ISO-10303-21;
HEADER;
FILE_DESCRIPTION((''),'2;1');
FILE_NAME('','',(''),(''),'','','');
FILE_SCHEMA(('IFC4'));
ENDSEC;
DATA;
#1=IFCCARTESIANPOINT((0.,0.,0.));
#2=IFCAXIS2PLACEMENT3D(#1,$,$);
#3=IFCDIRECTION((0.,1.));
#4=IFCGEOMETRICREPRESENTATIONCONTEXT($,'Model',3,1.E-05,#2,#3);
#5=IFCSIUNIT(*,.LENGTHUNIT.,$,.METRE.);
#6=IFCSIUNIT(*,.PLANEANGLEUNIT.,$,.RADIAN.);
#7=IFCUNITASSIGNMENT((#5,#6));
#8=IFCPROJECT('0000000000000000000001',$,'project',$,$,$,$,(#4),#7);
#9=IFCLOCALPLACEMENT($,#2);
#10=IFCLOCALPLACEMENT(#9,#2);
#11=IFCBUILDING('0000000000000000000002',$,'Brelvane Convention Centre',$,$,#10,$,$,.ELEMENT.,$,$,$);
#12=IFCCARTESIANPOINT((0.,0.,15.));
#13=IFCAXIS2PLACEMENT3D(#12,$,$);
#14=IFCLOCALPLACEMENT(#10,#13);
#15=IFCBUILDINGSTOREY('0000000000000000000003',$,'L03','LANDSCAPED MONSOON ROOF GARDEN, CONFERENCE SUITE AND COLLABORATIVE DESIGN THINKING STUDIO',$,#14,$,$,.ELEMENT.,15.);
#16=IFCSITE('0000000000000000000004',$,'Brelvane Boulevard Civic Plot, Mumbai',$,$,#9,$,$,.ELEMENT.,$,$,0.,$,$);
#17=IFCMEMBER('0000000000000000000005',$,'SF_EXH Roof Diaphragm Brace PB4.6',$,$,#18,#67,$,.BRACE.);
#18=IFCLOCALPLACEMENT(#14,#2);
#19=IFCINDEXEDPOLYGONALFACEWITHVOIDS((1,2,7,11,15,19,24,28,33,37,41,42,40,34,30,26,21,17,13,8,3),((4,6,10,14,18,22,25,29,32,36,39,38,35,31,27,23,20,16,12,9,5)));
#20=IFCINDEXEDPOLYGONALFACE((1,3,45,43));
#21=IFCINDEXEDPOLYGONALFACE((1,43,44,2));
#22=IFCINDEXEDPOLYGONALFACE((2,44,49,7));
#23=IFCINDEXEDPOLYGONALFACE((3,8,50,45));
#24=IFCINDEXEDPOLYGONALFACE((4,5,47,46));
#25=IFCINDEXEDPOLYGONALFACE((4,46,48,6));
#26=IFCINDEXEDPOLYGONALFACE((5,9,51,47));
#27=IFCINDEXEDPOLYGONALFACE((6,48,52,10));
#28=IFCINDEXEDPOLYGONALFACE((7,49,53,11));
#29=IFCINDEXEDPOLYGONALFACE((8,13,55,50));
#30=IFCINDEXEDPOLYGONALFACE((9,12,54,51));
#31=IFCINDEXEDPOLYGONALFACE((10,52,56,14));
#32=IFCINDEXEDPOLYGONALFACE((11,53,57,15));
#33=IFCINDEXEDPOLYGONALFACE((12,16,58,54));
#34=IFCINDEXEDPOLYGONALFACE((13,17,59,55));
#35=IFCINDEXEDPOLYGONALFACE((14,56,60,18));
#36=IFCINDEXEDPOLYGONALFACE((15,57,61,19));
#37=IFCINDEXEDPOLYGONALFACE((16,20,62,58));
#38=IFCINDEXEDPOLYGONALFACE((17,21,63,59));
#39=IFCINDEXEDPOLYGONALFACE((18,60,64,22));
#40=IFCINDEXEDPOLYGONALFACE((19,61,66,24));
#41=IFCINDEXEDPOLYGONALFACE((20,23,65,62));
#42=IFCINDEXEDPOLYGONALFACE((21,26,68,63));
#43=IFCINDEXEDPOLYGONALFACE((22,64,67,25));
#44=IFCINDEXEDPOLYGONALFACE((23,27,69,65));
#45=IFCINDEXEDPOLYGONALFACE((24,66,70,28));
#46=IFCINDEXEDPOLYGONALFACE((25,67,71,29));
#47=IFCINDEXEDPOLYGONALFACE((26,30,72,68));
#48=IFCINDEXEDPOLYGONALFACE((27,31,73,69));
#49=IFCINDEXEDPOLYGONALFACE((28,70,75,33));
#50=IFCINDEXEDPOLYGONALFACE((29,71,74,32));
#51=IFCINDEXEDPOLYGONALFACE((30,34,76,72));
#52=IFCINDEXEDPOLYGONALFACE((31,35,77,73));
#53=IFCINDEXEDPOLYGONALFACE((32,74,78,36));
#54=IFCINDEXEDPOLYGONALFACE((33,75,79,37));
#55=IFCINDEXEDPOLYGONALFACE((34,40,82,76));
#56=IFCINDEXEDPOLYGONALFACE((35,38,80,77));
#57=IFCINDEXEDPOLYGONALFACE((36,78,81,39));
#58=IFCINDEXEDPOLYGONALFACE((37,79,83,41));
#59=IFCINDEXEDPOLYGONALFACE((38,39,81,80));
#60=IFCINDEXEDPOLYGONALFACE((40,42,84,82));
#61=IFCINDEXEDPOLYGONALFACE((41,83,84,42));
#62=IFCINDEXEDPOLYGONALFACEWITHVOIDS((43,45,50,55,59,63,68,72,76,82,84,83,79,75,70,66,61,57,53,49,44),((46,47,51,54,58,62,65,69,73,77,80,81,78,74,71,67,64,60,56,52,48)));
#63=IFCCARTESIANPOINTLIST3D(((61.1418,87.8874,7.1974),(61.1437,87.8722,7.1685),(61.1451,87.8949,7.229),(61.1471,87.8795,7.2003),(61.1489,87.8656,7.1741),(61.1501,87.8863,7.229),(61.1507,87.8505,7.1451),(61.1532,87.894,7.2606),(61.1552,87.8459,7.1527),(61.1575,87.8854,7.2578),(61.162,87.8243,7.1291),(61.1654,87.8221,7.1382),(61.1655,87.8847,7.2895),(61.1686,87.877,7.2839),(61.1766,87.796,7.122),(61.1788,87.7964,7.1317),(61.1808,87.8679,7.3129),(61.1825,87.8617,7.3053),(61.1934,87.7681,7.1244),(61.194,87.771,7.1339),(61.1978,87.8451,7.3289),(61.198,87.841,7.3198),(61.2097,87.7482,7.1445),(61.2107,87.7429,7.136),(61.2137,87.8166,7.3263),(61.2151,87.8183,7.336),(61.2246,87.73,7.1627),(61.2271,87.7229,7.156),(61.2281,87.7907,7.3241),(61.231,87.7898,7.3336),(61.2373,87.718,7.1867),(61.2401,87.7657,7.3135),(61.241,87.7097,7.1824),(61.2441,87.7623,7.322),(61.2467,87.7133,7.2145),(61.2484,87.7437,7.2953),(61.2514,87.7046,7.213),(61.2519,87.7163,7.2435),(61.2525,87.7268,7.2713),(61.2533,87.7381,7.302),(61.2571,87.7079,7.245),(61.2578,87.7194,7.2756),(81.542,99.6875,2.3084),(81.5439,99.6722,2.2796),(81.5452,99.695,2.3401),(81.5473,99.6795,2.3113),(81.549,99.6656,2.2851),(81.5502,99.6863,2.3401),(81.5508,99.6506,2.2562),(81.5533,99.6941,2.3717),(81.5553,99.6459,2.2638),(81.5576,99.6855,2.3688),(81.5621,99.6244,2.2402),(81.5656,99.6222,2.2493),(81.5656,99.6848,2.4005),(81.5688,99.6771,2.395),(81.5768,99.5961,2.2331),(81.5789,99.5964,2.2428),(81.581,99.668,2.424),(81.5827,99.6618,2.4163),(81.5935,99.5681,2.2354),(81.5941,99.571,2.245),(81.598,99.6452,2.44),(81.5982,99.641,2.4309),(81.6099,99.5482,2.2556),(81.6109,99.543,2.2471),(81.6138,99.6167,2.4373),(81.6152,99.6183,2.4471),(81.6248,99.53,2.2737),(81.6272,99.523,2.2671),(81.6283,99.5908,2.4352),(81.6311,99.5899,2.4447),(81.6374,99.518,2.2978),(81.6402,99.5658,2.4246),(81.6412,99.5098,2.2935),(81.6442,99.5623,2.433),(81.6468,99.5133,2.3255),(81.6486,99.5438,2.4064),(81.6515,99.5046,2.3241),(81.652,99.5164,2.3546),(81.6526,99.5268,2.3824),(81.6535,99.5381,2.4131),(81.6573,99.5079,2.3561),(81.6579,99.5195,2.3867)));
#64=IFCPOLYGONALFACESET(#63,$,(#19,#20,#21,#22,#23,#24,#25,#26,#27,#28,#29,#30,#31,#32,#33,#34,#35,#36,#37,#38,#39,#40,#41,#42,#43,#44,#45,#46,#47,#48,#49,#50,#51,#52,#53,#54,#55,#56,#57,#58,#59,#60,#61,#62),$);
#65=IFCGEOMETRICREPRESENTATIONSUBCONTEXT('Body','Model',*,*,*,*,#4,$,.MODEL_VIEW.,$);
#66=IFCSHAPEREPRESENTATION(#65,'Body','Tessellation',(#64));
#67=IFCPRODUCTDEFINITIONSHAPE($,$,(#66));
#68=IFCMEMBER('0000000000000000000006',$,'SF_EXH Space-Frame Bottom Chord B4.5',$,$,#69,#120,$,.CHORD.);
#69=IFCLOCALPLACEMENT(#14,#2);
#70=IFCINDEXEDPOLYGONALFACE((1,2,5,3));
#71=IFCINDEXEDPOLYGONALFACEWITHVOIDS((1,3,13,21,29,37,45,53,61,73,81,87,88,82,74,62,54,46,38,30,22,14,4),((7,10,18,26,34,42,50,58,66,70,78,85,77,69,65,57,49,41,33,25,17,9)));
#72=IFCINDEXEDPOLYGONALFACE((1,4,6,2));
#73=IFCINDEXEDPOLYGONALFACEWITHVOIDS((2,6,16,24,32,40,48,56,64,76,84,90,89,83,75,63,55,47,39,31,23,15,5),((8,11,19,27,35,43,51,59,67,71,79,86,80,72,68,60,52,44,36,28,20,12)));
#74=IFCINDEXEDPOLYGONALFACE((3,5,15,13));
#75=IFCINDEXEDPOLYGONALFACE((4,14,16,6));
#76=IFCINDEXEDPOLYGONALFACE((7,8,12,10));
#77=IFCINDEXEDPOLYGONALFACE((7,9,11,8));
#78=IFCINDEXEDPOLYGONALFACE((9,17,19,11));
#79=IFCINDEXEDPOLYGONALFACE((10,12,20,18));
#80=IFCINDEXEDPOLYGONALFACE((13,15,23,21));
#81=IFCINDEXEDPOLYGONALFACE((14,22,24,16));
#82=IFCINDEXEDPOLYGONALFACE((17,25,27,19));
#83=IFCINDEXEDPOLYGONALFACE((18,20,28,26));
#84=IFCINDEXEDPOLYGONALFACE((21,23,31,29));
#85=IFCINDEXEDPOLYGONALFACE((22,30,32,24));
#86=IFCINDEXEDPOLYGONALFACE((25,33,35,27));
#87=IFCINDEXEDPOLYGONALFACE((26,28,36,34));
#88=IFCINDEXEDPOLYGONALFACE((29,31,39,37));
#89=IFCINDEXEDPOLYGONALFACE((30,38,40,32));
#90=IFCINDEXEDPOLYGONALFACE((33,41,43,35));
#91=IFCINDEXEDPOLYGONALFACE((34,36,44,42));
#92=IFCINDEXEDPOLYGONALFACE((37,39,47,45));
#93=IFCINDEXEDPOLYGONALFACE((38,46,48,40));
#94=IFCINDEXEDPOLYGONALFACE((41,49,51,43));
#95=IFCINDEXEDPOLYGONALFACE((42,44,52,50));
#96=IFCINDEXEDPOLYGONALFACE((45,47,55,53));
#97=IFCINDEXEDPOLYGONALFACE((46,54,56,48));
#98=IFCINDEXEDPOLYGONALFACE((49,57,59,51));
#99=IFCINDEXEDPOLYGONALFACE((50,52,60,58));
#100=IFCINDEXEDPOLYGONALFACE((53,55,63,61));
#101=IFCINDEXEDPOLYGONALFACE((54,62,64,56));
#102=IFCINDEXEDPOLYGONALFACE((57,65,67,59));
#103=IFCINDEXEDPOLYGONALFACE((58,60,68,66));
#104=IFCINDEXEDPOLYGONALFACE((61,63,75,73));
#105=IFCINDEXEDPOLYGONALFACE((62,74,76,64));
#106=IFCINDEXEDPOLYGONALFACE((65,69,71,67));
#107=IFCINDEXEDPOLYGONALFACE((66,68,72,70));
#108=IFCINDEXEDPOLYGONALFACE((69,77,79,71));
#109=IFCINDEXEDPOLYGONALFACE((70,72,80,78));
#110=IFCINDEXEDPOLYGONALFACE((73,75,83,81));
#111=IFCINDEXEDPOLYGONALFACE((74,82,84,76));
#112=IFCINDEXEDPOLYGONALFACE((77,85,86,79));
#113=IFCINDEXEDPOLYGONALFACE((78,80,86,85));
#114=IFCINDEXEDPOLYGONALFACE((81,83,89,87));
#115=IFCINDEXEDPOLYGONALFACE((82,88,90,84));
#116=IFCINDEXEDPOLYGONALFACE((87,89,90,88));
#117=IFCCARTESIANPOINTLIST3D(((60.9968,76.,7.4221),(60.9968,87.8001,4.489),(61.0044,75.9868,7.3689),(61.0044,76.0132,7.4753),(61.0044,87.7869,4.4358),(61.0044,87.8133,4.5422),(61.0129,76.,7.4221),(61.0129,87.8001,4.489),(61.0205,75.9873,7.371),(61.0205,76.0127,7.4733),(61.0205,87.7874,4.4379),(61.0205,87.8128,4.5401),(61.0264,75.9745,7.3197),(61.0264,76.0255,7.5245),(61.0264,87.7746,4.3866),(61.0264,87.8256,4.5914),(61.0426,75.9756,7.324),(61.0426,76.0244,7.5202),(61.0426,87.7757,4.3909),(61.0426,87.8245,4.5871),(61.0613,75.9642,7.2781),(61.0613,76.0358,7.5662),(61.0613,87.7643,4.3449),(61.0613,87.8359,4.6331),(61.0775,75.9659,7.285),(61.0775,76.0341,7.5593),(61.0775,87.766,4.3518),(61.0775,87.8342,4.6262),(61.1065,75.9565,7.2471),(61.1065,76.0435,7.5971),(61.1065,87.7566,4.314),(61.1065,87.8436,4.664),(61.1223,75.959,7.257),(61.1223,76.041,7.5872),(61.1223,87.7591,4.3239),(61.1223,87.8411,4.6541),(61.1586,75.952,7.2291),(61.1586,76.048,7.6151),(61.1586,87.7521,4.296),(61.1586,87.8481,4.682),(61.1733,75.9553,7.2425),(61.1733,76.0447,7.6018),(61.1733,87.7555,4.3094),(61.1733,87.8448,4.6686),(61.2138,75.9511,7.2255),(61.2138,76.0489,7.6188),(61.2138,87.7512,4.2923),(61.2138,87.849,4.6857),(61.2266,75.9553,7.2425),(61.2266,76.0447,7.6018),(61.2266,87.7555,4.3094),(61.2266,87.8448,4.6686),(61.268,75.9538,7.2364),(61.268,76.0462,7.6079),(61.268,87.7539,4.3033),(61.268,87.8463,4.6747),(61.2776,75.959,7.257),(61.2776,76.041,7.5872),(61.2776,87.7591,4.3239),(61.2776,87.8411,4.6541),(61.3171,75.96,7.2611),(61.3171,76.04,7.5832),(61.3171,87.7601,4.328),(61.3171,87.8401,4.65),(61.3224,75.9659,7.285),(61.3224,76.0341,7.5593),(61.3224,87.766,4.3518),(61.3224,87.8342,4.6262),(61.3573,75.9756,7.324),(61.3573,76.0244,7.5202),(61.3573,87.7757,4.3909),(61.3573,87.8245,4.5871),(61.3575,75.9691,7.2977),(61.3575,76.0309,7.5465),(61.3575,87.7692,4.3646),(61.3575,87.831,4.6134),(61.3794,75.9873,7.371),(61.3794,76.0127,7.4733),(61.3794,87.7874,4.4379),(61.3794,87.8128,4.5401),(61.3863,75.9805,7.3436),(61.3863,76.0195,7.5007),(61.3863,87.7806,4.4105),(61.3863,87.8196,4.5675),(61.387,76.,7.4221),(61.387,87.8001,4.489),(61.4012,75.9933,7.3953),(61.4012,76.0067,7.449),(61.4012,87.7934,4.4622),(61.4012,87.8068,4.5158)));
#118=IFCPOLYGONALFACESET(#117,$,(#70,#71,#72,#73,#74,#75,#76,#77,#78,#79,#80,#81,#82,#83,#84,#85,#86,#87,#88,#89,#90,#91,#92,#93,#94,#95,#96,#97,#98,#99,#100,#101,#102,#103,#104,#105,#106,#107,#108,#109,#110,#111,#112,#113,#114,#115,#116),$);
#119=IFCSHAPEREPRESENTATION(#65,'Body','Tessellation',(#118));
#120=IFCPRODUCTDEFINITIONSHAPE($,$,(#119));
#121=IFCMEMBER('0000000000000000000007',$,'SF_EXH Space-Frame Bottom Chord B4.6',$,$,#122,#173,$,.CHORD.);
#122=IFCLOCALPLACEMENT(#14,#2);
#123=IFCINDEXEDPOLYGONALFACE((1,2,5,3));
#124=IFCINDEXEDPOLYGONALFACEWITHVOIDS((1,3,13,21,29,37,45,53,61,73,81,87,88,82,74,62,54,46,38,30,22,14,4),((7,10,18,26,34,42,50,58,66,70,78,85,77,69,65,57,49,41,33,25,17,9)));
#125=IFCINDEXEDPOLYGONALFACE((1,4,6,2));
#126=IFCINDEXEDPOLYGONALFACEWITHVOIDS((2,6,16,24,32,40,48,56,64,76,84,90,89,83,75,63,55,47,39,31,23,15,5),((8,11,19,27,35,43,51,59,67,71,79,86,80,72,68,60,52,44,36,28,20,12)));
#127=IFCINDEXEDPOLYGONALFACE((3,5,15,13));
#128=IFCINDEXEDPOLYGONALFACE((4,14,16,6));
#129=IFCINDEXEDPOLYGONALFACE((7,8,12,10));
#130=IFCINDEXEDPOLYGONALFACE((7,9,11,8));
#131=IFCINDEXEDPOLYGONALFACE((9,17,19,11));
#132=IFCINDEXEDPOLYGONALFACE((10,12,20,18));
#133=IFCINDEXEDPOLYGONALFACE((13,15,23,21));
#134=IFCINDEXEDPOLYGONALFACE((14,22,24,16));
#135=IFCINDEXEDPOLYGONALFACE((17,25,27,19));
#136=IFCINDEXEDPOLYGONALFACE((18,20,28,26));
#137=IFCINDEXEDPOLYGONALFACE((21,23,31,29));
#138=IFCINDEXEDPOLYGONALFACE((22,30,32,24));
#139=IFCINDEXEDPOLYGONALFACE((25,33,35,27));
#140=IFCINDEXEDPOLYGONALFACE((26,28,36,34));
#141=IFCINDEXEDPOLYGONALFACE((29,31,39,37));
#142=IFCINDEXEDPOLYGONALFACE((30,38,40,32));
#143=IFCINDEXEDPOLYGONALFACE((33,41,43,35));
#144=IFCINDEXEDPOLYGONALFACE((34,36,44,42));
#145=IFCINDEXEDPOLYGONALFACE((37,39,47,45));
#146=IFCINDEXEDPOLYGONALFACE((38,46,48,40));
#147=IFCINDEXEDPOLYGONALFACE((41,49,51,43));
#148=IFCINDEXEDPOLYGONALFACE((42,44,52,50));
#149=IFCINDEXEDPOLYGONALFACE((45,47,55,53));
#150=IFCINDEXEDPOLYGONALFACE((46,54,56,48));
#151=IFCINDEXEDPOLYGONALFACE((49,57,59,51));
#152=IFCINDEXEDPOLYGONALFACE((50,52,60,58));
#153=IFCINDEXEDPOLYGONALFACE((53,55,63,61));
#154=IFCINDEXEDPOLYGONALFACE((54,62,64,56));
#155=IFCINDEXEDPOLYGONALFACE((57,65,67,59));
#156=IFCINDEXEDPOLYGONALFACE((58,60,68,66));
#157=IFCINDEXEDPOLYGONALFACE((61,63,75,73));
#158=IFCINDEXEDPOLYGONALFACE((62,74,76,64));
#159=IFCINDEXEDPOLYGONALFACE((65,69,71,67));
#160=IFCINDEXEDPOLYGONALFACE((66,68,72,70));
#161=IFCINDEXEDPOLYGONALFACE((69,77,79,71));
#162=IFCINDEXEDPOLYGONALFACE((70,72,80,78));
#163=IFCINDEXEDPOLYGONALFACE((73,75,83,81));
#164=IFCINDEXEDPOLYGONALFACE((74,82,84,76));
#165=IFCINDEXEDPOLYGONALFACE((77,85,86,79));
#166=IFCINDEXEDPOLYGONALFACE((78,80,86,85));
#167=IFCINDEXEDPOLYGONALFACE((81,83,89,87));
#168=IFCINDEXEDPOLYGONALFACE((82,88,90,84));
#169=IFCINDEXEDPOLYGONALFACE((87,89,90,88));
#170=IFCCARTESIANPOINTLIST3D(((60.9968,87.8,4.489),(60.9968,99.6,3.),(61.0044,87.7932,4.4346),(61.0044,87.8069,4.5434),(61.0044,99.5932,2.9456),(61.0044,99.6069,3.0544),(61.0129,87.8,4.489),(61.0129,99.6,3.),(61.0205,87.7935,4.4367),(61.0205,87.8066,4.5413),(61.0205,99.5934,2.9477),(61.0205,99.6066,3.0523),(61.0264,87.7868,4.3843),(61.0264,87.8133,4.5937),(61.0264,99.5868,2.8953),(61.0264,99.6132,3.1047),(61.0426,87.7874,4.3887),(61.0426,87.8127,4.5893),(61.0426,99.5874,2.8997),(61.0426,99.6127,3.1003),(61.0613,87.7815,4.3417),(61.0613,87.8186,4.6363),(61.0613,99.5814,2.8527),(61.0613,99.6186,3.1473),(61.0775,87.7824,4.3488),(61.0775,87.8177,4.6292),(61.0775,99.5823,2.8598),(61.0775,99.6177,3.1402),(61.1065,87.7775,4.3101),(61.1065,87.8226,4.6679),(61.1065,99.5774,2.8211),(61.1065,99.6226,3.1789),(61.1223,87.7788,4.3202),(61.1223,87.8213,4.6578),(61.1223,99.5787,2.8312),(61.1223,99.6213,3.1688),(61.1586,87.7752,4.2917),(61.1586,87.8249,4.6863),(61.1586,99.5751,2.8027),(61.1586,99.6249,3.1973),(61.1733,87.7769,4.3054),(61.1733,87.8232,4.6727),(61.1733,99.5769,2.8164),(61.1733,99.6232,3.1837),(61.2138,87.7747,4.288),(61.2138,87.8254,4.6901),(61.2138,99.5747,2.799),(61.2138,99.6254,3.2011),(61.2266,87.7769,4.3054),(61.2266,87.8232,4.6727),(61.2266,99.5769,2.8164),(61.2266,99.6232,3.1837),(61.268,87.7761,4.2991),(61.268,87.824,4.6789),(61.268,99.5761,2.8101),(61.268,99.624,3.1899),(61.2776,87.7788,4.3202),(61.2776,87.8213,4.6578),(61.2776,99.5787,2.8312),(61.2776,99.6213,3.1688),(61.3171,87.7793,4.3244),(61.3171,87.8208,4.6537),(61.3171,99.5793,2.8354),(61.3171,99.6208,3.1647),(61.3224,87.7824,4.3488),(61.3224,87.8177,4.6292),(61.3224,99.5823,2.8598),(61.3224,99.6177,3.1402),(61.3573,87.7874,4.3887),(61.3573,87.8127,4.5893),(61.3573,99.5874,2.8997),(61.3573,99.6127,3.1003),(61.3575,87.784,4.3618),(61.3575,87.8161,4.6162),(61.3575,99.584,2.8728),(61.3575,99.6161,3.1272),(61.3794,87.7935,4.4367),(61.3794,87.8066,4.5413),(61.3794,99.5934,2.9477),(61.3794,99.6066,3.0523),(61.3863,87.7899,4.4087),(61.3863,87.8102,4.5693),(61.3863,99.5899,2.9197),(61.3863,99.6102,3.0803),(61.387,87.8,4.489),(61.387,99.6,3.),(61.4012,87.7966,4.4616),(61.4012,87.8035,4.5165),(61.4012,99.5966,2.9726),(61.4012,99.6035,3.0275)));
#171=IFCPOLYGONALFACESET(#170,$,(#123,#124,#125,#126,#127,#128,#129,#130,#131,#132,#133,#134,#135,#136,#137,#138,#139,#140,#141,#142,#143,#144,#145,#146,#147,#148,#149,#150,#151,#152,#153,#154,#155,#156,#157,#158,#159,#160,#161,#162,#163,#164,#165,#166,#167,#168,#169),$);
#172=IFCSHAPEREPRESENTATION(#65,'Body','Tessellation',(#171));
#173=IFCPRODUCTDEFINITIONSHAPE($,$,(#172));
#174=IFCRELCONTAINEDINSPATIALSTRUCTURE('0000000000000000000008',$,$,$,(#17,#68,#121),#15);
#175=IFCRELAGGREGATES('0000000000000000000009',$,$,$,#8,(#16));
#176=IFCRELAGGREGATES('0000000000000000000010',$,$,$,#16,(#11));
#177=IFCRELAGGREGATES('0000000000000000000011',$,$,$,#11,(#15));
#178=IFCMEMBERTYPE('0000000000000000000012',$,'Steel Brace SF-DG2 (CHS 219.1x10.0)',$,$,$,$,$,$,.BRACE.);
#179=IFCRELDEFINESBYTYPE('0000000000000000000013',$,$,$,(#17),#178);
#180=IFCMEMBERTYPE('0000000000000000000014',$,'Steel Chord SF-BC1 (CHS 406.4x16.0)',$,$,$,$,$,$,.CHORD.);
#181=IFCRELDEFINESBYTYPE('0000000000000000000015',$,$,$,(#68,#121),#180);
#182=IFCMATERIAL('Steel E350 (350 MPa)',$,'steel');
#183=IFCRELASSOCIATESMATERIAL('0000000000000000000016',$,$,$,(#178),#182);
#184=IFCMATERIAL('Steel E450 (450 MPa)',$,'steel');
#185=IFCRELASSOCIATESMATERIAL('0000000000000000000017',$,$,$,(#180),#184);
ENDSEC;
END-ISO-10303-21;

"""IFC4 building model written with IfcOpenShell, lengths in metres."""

from ifc_helpers import new_model, si_unit, direction, frame, origin, origin_2d, place, context, subcontext, project, spatial, hollow_circle, extrude, material, material_profile, profile_set, type_object, element, save


model = new_model("IFC4")

# Units and contexts
model_context = context("Model", 3, precision=1e-05, world=origin(), true_north=direction((0.0, 1.0)))
body_context = subcontext(model_context, "Body", "Model", "MODEL_VIEW")
ifc_project = project(units=[si_unit("LENGTHUNIT", "METRE"), si_unit("PLANEANGLEUNIT", "RADIAN")], contexts=[model_context])

# Site, building, storey
site_placement = place(None, origin())
site = spatial("IfcSite", under=ifc_project, at=site_placement, Name="Brelvane Boulevard Civic Plot, Mumbai", CompositionType="ELEMENT", RefElevation=0.0)
building_placement = place(site_placement, origin())
building = spatial("IfcBuilding", under=site, at=building_placement, Name="Brelvane Convention Centre", CompositionType="ELEMENT")
storey_placement = place(building_placement, frame((0.0, 0.0, 15.0)))
storey = spatial("IfcBuildingStorey", under=building, at=storey_placement, Name="L03", Description="LANDSCAPED MONSOON ROOF GARDEN, CONFERENCE SUITE AND COLLABORATIVE DESIGN THINKING STUDIO", CompositionType="ELEMENT", Elevation=15.0)

# Members
ifc_material_1 = material(Name="Steel E350 (350 MPa)", Category="steel")
ifc_material_profile_1 = material_profile(ifc_material_1, hollow_circle(Radius=0.1096, WallThickness=0.01, at=origin_2d()), Name="CHS 219.1x10.0")
ifc_profile_set_1 = profile_set([ifc_material_profile_1], Name="Steel E350 (350 MPa)")
member_type_1 = type_object("IfcMemberType", Name="Steel Brace SF-DG2 (CHS 219.1x10.0)", PredefinedType="BRACE", material=ifc_profile_set_1)
member_1_placement = place(storey_placement, frame((61.2, 87.8, 7.229), z_axis=(0.847575, 0.490263, -0.203122), x_axis=(-0.500701, 0.865621, 0.0)))
element("IfcMember", 1, at=member_1_placement, inside=storey, type_object=member_type_1, Name="SF_EXH Roof Diaphragm Brace PB4.6", PredefinedType="BRACE", context=body_context, shape_type="SweptSolid", body=[
    extrude(hollow_circle(Radius=0.1096, WallThickness=0.01, at=origin_2d()), origin(), (0.0, 0.0, 1.0), 24.0688),
])
ifc_material_2 = material(Name="Steel E450 (450 MPa)", Category="steel")
ifc_material_profile_2 = material_profile(ifc_material_2, hollow_circle(Radius=0.2031, WallThickness=0.0161, at=origin_2d()), Name="CHS 406.4x16.0")
ifc_profile_set_2 = profile_set([ifc_material_profile_2], Name="Steel E450 (450 MPa)")
member_type_2 = type_object("IfcMemberType", Name="Steel Chord SF-BC1 (CHS 406.4x16.0)", PredefinedType="CHORD", material=ifc_profile_set_2)
member_2_placement = place(storey_placement, frame((61.2, 76.0, 7.4221), z_axis=(0.0, 0.970469, -0.241227), x_axis=(-1.0, 0.0, 0.0)))
element("IfcMember", 2, at=member_2_placement, inside=storey, type_object=member_type_2, Name="SF_EXH Space-Frame Bottom Chord B4.5", PredefinedType="CHORD", context=body_context, shape_type="SweptSolid", body=[
    extrude(hollow_circle(Radius=0.2031, WallThickness=0.0161, at=origin_2d()), origin(), (0.0, 0.0, 1.0), 12.1592),
])
member_3_placement = place(storey_placement, frame((61.2, 87.8, 4.489), z_axis=(0.0, 0.992132, -0.125194), x_axis=(-1.0, 0.0, 0.0)))
element("IfcMember", 3, at=member_3_placement, inside=storey, type_object=member_type_2, Name="SF_EXH Space-Frame Bottom Chord B4.6", PredefinedType="CHORD", context=body_context, shape_type="SweptSolid", body=[
    extrude(hollow_circle(Radius=0.2031, WallThickness=0.0161, at=origin_2d()), origin(), (0.0, 0.0, 1.0), 11.8936),
])

save(model, "model.ifc")
